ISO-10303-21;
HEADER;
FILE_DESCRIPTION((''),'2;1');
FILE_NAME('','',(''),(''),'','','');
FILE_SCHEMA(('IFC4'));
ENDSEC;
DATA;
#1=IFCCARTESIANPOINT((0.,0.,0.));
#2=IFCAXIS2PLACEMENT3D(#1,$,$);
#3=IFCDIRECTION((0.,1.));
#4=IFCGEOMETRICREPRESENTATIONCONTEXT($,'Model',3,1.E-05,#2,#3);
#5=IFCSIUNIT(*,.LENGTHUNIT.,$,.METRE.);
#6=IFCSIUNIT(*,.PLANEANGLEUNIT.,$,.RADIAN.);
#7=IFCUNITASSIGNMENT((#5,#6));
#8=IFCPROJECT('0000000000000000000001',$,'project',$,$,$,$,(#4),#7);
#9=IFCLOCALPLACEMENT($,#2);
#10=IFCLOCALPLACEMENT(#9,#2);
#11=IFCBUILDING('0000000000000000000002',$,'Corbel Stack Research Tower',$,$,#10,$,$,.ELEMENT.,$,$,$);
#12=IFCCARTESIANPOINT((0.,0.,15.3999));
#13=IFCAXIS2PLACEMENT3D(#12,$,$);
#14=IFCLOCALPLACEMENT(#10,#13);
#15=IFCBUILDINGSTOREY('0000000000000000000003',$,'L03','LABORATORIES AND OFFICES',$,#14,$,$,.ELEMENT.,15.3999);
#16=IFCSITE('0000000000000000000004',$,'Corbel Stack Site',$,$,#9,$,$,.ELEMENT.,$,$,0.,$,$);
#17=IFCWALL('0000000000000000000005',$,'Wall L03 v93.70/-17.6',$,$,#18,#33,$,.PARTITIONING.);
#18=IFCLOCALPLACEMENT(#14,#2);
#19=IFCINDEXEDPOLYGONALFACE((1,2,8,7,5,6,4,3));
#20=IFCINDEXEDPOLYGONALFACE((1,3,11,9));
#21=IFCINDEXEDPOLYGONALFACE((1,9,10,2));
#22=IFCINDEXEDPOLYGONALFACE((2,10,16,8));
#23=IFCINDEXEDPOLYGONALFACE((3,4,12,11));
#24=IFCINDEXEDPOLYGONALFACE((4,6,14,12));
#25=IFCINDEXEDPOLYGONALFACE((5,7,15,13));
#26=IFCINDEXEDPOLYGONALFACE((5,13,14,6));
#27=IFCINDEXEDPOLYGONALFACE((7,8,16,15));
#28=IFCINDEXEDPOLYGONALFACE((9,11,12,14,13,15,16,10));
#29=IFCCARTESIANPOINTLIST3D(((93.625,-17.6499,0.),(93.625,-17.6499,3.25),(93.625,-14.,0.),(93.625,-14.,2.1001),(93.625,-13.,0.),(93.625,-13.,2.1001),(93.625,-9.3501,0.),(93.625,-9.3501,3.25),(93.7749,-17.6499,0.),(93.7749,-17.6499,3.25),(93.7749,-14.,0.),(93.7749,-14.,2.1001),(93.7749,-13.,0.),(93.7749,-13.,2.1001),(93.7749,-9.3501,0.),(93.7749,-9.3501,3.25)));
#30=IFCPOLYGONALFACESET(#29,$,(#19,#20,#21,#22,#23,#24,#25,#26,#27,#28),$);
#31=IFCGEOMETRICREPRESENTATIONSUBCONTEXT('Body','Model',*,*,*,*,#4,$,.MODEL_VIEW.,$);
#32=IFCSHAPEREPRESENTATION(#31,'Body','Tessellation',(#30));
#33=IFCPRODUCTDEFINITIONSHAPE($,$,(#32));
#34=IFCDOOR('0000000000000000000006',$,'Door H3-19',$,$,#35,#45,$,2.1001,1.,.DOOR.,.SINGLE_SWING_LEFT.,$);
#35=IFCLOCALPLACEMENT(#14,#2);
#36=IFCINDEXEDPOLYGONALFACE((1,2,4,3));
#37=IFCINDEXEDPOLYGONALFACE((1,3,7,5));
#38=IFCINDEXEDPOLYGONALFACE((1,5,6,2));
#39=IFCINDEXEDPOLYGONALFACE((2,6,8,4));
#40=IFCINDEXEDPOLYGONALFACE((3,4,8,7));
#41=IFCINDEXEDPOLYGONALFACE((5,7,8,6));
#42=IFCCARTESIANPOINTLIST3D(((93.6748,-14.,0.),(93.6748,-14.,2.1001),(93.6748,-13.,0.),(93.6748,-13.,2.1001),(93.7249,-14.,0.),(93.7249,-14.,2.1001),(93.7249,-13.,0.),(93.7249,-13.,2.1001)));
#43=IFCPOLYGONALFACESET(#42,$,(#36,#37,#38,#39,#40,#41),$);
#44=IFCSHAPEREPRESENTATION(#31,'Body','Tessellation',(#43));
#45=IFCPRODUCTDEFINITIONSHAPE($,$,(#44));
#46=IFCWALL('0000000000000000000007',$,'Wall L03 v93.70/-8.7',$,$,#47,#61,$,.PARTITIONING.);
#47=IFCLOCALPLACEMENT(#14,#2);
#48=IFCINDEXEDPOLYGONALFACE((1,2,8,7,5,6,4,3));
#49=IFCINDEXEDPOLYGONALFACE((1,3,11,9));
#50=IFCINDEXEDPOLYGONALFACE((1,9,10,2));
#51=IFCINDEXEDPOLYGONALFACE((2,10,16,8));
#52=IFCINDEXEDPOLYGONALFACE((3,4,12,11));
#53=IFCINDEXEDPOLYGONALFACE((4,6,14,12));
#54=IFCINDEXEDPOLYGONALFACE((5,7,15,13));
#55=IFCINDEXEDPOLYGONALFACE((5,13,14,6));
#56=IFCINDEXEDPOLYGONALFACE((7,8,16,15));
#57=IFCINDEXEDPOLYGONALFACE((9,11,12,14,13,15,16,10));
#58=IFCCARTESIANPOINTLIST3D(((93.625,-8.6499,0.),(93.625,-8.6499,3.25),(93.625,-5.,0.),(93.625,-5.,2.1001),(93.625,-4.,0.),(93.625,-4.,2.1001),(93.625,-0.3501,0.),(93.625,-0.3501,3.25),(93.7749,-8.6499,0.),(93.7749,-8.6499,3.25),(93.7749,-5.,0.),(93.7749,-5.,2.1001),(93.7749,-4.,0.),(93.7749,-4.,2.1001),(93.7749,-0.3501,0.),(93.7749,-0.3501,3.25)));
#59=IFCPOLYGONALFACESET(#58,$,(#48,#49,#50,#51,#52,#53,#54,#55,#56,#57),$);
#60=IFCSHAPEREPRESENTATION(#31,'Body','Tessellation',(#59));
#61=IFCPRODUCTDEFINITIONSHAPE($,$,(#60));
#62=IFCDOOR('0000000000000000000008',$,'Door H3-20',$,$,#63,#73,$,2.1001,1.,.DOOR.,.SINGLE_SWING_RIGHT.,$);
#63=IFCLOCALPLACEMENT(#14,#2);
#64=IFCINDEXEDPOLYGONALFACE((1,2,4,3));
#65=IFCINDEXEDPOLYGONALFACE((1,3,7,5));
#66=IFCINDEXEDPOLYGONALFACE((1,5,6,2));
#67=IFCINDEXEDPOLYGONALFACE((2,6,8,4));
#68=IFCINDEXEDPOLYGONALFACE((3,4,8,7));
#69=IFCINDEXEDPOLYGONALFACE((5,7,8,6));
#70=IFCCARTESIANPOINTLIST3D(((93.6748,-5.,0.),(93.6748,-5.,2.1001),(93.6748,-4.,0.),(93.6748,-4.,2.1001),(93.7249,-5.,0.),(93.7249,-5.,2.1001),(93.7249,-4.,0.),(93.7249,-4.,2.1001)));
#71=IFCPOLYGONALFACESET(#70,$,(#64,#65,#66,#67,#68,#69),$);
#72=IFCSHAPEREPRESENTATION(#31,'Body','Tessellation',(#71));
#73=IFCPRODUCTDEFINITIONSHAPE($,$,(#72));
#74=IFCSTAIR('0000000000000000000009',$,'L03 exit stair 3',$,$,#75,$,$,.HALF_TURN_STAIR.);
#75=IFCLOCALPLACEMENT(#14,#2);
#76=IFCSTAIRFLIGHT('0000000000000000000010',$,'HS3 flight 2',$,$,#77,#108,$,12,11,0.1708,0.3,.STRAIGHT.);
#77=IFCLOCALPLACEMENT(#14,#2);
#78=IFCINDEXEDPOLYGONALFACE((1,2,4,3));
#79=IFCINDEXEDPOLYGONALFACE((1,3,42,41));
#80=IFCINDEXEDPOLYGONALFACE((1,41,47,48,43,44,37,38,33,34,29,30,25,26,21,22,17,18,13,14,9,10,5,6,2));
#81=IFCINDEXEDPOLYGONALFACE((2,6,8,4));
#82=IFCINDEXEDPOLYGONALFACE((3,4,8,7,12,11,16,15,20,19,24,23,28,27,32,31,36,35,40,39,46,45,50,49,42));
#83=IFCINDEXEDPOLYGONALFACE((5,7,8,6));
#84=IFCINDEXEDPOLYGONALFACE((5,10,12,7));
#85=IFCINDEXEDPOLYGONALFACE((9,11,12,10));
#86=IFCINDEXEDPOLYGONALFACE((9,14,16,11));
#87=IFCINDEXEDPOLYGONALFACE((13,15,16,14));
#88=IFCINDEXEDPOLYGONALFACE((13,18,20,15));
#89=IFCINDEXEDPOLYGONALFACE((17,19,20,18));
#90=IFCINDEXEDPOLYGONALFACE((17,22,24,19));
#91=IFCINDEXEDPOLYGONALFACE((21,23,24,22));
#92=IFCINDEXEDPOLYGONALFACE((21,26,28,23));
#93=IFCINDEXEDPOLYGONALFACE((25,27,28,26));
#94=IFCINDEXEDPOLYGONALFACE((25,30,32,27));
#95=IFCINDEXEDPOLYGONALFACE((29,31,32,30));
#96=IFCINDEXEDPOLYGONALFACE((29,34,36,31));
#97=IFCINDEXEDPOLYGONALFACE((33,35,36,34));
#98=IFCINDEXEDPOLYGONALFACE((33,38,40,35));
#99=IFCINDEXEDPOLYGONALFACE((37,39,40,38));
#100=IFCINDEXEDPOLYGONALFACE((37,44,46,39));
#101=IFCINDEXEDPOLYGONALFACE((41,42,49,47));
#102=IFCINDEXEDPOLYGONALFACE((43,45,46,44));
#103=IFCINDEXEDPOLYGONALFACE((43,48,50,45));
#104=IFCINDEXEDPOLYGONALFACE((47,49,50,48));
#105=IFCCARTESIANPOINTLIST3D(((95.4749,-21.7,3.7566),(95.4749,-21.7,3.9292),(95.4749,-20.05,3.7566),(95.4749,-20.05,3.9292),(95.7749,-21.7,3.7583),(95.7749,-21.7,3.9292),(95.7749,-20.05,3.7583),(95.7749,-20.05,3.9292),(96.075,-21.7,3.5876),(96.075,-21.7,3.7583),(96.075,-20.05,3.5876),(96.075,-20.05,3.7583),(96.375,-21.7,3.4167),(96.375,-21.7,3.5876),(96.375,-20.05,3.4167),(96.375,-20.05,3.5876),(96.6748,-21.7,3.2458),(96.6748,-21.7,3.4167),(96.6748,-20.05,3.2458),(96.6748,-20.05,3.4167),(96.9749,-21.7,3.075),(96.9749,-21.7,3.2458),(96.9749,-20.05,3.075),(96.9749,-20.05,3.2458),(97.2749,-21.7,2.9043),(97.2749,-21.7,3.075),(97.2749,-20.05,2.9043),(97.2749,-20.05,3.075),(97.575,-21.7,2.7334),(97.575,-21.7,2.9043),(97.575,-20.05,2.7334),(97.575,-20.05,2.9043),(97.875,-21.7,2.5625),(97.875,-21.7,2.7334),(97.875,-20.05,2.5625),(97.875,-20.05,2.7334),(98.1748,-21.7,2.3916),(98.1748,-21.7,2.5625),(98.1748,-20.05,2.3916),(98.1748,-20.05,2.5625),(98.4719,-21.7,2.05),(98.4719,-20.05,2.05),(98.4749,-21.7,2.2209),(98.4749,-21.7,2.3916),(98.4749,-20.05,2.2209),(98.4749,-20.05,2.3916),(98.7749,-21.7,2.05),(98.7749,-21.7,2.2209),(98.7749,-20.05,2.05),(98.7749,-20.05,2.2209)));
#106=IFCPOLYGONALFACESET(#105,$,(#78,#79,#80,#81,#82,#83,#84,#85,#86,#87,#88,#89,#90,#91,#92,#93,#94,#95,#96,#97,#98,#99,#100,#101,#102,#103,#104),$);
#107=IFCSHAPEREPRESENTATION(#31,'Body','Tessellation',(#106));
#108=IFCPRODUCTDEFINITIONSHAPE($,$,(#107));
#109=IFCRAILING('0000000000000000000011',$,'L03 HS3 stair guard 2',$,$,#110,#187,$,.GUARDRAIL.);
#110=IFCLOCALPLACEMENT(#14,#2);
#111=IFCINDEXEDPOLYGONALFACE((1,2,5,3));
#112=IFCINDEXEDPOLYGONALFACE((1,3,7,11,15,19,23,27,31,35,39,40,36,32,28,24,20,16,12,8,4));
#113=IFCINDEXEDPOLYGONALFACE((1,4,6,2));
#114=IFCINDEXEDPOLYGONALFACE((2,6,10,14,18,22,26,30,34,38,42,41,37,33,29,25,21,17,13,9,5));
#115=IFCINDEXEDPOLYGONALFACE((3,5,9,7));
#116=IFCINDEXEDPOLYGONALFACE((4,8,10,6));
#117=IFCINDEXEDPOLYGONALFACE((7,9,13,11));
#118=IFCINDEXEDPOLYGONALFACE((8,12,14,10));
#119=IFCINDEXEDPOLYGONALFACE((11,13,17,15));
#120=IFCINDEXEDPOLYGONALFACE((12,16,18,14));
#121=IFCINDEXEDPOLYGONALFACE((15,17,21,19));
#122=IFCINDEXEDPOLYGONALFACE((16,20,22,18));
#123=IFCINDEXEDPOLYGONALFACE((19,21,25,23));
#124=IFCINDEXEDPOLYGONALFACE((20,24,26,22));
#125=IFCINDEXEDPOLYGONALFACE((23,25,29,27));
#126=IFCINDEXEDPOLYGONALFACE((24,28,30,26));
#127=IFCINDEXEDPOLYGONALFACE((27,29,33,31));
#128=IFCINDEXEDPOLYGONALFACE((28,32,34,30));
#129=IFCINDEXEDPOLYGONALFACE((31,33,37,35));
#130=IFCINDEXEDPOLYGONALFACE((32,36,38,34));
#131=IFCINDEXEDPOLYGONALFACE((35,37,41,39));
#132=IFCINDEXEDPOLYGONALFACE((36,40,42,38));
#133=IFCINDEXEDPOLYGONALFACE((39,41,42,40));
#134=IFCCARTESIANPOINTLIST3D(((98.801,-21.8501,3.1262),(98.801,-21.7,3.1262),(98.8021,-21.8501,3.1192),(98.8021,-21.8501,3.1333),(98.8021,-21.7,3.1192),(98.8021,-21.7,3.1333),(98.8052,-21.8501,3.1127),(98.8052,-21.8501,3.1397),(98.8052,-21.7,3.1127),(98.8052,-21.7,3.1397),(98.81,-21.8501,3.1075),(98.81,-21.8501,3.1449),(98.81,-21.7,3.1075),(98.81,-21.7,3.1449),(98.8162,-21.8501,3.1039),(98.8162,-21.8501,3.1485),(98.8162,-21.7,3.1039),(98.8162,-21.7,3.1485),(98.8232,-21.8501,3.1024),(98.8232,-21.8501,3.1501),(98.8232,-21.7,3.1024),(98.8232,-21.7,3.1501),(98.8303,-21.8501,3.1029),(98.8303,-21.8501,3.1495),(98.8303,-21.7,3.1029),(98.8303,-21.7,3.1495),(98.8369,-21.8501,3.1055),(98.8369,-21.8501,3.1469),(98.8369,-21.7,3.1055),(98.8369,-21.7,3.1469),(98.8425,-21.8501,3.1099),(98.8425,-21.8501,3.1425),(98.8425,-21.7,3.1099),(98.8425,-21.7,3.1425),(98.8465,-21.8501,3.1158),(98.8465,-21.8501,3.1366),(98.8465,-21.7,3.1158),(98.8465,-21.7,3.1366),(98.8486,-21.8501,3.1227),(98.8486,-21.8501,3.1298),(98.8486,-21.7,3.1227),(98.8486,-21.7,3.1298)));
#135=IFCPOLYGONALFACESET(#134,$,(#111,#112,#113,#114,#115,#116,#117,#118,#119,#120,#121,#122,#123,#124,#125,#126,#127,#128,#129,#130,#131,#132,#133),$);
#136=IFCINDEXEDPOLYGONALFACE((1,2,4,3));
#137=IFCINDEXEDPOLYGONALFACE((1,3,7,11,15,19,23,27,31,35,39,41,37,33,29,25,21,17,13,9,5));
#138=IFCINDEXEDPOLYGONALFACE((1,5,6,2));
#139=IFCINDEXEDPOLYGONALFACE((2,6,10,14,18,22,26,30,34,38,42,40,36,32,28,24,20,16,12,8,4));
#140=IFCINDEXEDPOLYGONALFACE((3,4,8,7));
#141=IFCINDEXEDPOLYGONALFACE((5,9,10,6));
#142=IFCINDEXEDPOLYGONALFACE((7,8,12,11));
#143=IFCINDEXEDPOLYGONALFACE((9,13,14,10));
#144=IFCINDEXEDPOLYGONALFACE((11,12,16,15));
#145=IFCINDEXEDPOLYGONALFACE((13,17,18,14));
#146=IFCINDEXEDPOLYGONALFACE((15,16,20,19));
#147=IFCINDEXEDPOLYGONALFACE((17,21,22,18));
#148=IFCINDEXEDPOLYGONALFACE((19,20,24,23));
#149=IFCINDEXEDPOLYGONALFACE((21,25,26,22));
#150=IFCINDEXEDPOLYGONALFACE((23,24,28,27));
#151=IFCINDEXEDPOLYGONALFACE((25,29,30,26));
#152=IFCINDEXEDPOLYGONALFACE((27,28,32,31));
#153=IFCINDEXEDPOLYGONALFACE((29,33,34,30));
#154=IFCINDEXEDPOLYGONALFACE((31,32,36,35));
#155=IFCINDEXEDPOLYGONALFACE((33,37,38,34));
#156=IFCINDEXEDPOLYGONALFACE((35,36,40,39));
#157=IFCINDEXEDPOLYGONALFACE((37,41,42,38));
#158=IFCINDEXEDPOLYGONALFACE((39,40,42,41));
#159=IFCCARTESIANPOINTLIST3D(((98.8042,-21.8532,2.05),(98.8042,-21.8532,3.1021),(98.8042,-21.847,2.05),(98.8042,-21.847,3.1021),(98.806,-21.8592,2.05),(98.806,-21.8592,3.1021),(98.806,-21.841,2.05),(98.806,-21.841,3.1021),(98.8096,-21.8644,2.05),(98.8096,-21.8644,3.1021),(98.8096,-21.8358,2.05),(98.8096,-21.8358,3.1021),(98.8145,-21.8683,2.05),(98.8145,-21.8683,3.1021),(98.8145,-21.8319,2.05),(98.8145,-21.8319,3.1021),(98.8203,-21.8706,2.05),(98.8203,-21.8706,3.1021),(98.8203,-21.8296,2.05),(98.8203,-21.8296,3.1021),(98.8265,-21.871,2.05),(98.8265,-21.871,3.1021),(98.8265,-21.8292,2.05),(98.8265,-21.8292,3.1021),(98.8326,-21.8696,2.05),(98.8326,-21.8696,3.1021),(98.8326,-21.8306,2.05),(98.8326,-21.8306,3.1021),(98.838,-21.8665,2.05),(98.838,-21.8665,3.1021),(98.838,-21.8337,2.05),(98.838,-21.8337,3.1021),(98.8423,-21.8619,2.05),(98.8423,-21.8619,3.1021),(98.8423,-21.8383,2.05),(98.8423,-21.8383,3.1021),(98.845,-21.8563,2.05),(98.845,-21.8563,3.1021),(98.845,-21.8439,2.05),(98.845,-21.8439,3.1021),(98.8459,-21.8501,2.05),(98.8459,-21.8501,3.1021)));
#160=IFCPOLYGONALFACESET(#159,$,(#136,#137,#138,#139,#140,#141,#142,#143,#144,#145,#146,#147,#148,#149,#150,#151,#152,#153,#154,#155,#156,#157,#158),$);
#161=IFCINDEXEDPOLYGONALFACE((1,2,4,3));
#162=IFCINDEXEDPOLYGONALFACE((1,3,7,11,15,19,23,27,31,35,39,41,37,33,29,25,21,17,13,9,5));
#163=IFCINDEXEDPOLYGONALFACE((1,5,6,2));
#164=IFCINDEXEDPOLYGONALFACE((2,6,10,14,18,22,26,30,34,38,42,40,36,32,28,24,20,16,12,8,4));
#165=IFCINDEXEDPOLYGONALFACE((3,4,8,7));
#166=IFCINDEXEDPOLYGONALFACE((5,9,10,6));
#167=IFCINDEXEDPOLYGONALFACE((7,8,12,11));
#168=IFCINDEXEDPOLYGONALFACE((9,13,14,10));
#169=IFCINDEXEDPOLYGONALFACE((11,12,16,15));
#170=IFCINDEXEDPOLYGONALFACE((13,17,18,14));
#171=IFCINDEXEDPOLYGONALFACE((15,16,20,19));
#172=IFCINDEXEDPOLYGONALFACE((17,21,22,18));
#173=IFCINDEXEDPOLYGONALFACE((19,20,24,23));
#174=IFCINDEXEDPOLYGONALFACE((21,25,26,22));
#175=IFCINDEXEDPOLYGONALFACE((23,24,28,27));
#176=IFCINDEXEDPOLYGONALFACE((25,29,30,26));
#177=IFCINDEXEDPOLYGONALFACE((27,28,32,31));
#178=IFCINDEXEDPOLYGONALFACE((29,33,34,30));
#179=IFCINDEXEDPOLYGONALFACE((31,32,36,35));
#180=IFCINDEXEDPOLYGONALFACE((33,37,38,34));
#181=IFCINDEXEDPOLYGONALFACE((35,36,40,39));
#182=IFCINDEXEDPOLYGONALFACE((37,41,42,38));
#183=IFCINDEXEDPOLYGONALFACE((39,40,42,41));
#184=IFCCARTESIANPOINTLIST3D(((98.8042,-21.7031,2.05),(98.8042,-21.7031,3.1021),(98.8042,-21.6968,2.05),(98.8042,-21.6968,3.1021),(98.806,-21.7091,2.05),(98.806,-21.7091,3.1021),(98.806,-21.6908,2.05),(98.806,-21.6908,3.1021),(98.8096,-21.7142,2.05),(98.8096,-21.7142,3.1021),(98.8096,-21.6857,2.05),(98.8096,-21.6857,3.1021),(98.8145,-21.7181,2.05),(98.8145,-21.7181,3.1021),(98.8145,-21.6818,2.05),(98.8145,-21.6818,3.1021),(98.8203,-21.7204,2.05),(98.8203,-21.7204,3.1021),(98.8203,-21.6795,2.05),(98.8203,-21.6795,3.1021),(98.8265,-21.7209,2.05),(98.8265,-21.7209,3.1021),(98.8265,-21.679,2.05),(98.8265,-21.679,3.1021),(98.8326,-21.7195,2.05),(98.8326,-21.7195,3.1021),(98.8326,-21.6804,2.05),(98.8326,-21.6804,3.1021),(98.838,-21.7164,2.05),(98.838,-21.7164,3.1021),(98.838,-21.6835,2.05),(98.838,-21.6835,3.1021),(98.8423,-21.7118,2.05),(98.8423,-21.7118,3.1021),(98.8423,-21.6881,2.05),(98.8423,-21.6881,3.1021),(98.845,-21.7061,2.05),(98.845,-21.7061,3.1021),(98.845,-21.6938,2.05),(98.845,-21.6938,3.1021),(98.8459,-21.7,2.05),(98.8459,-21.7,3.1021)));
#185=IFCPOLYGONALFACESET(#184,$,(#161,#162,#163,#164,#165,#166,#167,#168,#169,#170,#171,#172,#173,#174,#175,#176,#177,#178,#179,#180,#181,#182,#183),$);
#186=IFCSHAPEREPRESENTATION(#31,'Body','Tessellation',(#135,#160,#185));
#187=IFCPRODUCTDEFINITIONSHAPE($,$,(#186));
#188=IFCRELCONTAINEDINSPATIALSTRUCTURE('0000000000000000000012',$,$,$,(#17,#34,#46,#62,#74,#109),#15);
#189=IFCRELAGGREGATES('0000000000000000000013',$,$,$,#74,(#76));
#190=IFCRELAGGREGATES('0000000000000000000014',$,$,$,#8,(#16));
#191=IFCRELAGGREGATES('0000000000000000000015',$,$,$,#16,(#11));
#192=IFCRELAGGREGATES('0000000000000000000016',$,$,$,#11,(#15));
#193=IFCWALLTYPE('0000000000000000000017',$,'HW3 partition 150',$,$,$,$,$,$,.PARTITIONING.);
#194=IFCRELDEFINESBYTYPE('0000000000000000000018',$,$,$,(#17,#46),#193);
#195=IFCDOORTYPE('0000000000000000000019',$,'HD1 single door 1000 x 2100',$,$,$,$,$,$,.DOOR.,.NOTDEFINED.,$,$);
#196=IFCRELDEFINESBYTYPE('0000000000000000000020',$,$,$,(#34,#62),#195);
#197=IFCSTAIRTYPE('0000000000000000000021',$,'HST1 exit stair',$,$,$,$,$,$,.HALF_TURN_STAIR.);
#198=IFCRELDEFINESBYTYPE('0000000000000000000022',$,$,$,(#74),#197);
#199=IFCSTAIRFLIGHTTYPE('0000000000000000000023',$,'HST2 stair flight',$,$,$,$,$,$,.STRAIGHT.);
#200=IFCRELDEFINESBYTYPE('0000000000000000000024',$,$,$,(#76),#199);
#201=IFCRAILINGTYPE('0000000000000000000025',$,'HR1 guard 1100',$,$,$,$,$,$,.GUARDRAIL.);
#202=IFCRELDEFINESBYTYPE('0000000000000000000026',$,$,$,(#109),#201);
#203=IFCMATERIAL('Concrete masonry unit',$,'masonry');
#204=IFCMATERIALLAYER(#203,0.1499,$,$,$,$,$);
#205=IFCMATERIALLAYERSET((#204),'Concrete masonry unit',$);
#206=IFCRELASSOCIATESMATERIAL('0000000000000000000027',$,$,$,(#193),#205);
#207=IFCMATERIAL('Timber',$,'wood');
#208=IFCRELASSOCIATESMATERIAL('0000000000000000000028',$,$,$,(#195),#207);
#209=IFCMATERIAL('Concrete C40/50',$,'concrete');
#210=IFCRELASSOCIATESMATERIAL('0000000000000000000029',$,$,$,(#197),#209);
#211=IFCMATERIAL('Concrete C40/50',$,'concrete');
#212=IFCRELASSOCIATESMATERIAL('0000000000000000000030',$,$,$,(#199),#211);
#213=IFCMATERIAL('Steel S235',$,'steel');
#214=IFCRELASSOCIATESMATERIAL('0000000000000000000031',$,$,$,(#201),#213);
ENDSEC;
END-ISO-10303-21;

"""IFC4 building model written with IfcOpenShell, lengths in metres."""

from ifc_helpers import new_model, si_unit, direction, frame, frame_2d, origin, origin_2d, place, context, subcontext, project, spatial, polyline, rectangle, circle, outline, extrude, material, layer, layer_set, type_object, element, fill, aggregate, save


model = new_model("IFC4")

# Units and contexts
model_context = context("Model", 3, precision=1e-05, world=origin(), true_north=direction((0.0, 1.0)))
body_context = subcontext(model_context, "Body", "Model", "MODEL_VIEW")
ifc_project = project(units=[si_unit("LENGTHUNIT", "METRE"), si_unit("PLANEANGLEUNIT", "RADIAN")], contexts=[model_context])

# Site, building, storey
site_placement = place(None, origin())
site = spatial("IfcSite", under=ifc_project, at=site_placement, Name="Corbel Stack Site", CompositionType="ELEMENT", RefElevation=0.0)
building_placement = place(site_placement, origin())
building = spatial("IfcBuilding", under=site, at=building_placement, Name="Corbel Stack Research Tower", CompositionType="ELEMENT")
storey_placement = place(building_placement, frame((0.0, 0.0, 15.3999)))
storey = spatial("IfcBuildingStorey", under=building, at=storey_placement, Name="L03", Description="LABORATORIES AND OFFICES", CompositionType="ELEMENT", Elevation=15.3999)

# Shared definitions
ifc_material_1 = material(Name="Concrete masonry unit", Category="masonry")
ifc_layer_1 = layer(ifc_material_1, 0.1499)
ifc_layer_set_1 = layer_set([ifc_layer_1], Name="Concrete masonry unit")
wall_type_1 = type_object("IfcWallType", Name="HW3 partition 150", PredefinedType="PARTITIONING", material=ifc_layer_set_1)

# Walls, openings, doors
ifc_material_2 = material(Name="Timber", Category="wood")
door_type = type_object("IfcDoorType", Name="HD1 single door 1000 x 2100", OperationType="NOTDEFINED", PredefinedType="DOOR", material=ifc_material_2)
wall_1_placement = place(storey_placement, frame((93.7, -9.3501, 0.0), z_axis=(0.0, 0.0, 1.0), x_axis=(0.0, -1.0, 0.0)))
wall_1 = element("IfcWall", 1, at=wall_1_placement, inside=storey, type_object=wall_type_1, Name="Wall L03 v93.70/-17.6", PredefinedType="PARTITIONING", context=body_context, shape_type="SweptSolid", body=[
    extrude(rectangle(XDim=8.2998, YDim=0.1499, at=frame_2d((4.1499, 0.0))), origin(), (0.0, 0.0, 1.0), 3.25),
])
opening_1_placement = place(wall_1_placement, frame((3.6499, 0.0, 0.0)))
opening_1 = element("IfcOpeningElement", 2, at=opening_1_placement, cuts=wall_1, PredefinedType="OPENING", context=body_context, shape_type="SweptSolid", body=[
    extrude(rectangle(XDim=1.0, YDim=2.1001, at=frame_2d((0.5, 1.05))), frame((0.0, 0.085, 0.0), z_axis=(0.0, -1.0, 0.0), x_axis=(1.0, 0.0, 0.0)), (0.0, 0.0, 1.0), 0.1699),
])
door_1_placement = place(opening_1_placement, origin())
door_1 = element("IfcDoor", 3, at=door_1_placement, inside=storey, type_object=door_type, Name="Door H3-19", OperationType="SINGLE_SWING_LEFT", OverallHeight=2.1001, OverallWidth=1.0, PredefinedType="DOOR", context=body_context, shape_type="SweptSolid", body=[
    extrude(rectangle(XDim=1.0, YDim=2.1001, at=frame_2d((0.5, 1.05))), frame((0.0, 0.0249, 0.0), z_axis=(0.0, -1.0, 0.0), x_axis=(1.0, 0.0, 0.0)), (0.0, 0.0, 1.0), 0.05),
])
fill(opening_1, door_1)
wall_2_placement = place(storey_placement, frame((93.7, -0.3501, 0.0), z_axis=(0.0, 0.0, 1.0), x_axis=(0.0, -1.0, 0.0)))
wall_2 = element("IfcWall", 4, at=wall_2_placement, inside=storey, type_object=wall_type_1, Name="Wall L03 v93.70/-8.7", PredefinedType="PARTITIONING", context=body_context, shape_type="SweptSolid", body=[
    extrude(rectangle(XDim=8.2998, YDim=0.1499, at=frame_2d((4.1499, 0.0))), origin(), (0.0, 0.0, 1.0), 3.25),
])
opening_2_placement = place(wall_2_placement, frame((3.6499, 0.0, 0.0)))
opening_2 = element("IfcOpeningElement", 5, at=opening_2_placement, cuts=wall_2, PredefinedType="OPENING", context=body_context, shape_type="SweptSolid", body=[
    extrude(rectangle(XDim=1.0, YDim=2.1001, at=frame_2d((0.5, 1.05))), frame((0.0, 0.085, 0.0), z_axis=(0.0, -1.0, 0.0), x_axis=(1.0, 0.0, 0.0)), (0.0, 0.0, 1.0), 0.1699),
])
door_2_placement = place(opening_2_placement, origin())
door_2 = element("IfcDoor", 6, at=door_2_placement, inside=storey, type_object=door_type, Name="Door H3-20", OperationType="SINGLE_SWING_RIGHT", OverallHeight=2.1001, OverallWidth=1.0, PredefinedType="DOOR", context=body_context, shape_type="SweptSolid", body=[
    extrude(rectangle(XDim=1.0, YDim=2.1001, at=frame_2d((0.5, 1.05))), frame((0.0, 0.0249, 0.0), z_axis=(0.0, -1.0, 0.0), x_axis=(1.0, 0.0, 0.0)), (0.0, 0.0, 1.0), 0.05),
])
fill(opening_2, door_2)

# Stair, stair flight
ifc_material_3 = material(Name="Concrete C40/50", Category="concrete")
stair_type = type_object("IfcStairType", Name="HST1 exit stair", PredefinedType="HALF_TURN_STAIR", material=ifc_material_3)
stair_placement = place(storey_placement, origin())
stair = element("IfcStair", 7, at=stair_placement, inside=storey, type_object=stair_type, Name="L03 exit stair 3", PredefinedType="HALF_TURN_STAIR")
ifc_material_4 = material(Name="Concrete C40/50", Category="concrete")
stair_flight_type = type_object("IfcStairFlightType", Name="HST2 stair flight", PredefinedType="STRAIGHT", material=ifc_material_4)
stair_flight_placement = place(storey_placement, frame((98.7749, -20.875, 2.05), z_axis=(0.0, 0.0, 1.0), x_axis=(-1.0, 0.0, 0.0)))
stair_flight = element("IfcStairFlight", 8, at=stair_flight_placement, type_object=stair_flight_type, Name="HS3 flight 2", NumberOfRisers=12, NumberOfTreads=11, PredefinedType="STRAIGHT", RiserHeight=0.1708, TreadLength=0.3, context=body_context, shape_type="SweptSolid", body=[
    extrude(outline(polyline([(0.0, 0.0), (0.0, 0.1709), (0.3, 0.1709), (0.3, 0.3416), (0.6001, 0.3416), (0.6001, 0.5125), (0.8999, 0.5125), (0.8999, 0.6833), (1.2, 0.6833), (1.2, 0.8542), (1.5, 0.8542), (1.5, 1.0249), (1.8, 1.0249), (1.8, 1.1958), (2.1001, 1.1958), (2.1001, 1.3667), (2.3999, 1.3667), (2.3999, 1.5376), (2.7, 1.5376), (2.7, 1.7083), (3.0, 1.7083), (3.0, 1.8792), (3.3, 1.8792), (3.3, 2.05), (3.3, 1.7065), (0.303, 0.0), (0.0, 0.0)])), frame((0.0, 0.825, 0.0), z_axis=(0.0, -1.0, 0.0), x_axis=(1.0, 0.0, 0.0)), (0.0, 0.0, 1.0), 1.6499),
])
aggregate(stair, [stair_flight])

# Railing
ifc_material_5 = material(Name="Steel S235", Category="steel")
railing_type_1 = type_object("IfcRailingType", Name="HR1 guard 1100", PredefinedType="GUARDRAIL", material=ifc_material_5)
railing_1_placement = place(storey_placement, frame((98.825, -21.8501, 2.05)))
element("IfcRailing", 9, at=railing_1_placement, inside=storey, type_object=railing_type_1, Name="L03 HS3 stair guard 2", PredefinedType="GUARDRAIL", context=body_context, shape_type="SweptSolid", body=[
    extrude(circle(Radius=0.0239, at=origin_2d()), frame((0.0, 0.0, 1.0762), z_axis=(0.0, 1.0, 0.0), x_axis=(-1.0, 0.0, 0.0)), (0.0, 0.0, 1.0), 0.1501),
    extrude(circle(Radius=0.021, at=origin_2d()), origin(), (0.0, 0.0, 1.0), 1.052),
    extrude(circle(Radius=0.021, at=origin_2d()), frame((0.0, 0.1501, 0.0)), (0.0, 0.0, 1.0), 1.052),
])

save(model, "model.ifc")
